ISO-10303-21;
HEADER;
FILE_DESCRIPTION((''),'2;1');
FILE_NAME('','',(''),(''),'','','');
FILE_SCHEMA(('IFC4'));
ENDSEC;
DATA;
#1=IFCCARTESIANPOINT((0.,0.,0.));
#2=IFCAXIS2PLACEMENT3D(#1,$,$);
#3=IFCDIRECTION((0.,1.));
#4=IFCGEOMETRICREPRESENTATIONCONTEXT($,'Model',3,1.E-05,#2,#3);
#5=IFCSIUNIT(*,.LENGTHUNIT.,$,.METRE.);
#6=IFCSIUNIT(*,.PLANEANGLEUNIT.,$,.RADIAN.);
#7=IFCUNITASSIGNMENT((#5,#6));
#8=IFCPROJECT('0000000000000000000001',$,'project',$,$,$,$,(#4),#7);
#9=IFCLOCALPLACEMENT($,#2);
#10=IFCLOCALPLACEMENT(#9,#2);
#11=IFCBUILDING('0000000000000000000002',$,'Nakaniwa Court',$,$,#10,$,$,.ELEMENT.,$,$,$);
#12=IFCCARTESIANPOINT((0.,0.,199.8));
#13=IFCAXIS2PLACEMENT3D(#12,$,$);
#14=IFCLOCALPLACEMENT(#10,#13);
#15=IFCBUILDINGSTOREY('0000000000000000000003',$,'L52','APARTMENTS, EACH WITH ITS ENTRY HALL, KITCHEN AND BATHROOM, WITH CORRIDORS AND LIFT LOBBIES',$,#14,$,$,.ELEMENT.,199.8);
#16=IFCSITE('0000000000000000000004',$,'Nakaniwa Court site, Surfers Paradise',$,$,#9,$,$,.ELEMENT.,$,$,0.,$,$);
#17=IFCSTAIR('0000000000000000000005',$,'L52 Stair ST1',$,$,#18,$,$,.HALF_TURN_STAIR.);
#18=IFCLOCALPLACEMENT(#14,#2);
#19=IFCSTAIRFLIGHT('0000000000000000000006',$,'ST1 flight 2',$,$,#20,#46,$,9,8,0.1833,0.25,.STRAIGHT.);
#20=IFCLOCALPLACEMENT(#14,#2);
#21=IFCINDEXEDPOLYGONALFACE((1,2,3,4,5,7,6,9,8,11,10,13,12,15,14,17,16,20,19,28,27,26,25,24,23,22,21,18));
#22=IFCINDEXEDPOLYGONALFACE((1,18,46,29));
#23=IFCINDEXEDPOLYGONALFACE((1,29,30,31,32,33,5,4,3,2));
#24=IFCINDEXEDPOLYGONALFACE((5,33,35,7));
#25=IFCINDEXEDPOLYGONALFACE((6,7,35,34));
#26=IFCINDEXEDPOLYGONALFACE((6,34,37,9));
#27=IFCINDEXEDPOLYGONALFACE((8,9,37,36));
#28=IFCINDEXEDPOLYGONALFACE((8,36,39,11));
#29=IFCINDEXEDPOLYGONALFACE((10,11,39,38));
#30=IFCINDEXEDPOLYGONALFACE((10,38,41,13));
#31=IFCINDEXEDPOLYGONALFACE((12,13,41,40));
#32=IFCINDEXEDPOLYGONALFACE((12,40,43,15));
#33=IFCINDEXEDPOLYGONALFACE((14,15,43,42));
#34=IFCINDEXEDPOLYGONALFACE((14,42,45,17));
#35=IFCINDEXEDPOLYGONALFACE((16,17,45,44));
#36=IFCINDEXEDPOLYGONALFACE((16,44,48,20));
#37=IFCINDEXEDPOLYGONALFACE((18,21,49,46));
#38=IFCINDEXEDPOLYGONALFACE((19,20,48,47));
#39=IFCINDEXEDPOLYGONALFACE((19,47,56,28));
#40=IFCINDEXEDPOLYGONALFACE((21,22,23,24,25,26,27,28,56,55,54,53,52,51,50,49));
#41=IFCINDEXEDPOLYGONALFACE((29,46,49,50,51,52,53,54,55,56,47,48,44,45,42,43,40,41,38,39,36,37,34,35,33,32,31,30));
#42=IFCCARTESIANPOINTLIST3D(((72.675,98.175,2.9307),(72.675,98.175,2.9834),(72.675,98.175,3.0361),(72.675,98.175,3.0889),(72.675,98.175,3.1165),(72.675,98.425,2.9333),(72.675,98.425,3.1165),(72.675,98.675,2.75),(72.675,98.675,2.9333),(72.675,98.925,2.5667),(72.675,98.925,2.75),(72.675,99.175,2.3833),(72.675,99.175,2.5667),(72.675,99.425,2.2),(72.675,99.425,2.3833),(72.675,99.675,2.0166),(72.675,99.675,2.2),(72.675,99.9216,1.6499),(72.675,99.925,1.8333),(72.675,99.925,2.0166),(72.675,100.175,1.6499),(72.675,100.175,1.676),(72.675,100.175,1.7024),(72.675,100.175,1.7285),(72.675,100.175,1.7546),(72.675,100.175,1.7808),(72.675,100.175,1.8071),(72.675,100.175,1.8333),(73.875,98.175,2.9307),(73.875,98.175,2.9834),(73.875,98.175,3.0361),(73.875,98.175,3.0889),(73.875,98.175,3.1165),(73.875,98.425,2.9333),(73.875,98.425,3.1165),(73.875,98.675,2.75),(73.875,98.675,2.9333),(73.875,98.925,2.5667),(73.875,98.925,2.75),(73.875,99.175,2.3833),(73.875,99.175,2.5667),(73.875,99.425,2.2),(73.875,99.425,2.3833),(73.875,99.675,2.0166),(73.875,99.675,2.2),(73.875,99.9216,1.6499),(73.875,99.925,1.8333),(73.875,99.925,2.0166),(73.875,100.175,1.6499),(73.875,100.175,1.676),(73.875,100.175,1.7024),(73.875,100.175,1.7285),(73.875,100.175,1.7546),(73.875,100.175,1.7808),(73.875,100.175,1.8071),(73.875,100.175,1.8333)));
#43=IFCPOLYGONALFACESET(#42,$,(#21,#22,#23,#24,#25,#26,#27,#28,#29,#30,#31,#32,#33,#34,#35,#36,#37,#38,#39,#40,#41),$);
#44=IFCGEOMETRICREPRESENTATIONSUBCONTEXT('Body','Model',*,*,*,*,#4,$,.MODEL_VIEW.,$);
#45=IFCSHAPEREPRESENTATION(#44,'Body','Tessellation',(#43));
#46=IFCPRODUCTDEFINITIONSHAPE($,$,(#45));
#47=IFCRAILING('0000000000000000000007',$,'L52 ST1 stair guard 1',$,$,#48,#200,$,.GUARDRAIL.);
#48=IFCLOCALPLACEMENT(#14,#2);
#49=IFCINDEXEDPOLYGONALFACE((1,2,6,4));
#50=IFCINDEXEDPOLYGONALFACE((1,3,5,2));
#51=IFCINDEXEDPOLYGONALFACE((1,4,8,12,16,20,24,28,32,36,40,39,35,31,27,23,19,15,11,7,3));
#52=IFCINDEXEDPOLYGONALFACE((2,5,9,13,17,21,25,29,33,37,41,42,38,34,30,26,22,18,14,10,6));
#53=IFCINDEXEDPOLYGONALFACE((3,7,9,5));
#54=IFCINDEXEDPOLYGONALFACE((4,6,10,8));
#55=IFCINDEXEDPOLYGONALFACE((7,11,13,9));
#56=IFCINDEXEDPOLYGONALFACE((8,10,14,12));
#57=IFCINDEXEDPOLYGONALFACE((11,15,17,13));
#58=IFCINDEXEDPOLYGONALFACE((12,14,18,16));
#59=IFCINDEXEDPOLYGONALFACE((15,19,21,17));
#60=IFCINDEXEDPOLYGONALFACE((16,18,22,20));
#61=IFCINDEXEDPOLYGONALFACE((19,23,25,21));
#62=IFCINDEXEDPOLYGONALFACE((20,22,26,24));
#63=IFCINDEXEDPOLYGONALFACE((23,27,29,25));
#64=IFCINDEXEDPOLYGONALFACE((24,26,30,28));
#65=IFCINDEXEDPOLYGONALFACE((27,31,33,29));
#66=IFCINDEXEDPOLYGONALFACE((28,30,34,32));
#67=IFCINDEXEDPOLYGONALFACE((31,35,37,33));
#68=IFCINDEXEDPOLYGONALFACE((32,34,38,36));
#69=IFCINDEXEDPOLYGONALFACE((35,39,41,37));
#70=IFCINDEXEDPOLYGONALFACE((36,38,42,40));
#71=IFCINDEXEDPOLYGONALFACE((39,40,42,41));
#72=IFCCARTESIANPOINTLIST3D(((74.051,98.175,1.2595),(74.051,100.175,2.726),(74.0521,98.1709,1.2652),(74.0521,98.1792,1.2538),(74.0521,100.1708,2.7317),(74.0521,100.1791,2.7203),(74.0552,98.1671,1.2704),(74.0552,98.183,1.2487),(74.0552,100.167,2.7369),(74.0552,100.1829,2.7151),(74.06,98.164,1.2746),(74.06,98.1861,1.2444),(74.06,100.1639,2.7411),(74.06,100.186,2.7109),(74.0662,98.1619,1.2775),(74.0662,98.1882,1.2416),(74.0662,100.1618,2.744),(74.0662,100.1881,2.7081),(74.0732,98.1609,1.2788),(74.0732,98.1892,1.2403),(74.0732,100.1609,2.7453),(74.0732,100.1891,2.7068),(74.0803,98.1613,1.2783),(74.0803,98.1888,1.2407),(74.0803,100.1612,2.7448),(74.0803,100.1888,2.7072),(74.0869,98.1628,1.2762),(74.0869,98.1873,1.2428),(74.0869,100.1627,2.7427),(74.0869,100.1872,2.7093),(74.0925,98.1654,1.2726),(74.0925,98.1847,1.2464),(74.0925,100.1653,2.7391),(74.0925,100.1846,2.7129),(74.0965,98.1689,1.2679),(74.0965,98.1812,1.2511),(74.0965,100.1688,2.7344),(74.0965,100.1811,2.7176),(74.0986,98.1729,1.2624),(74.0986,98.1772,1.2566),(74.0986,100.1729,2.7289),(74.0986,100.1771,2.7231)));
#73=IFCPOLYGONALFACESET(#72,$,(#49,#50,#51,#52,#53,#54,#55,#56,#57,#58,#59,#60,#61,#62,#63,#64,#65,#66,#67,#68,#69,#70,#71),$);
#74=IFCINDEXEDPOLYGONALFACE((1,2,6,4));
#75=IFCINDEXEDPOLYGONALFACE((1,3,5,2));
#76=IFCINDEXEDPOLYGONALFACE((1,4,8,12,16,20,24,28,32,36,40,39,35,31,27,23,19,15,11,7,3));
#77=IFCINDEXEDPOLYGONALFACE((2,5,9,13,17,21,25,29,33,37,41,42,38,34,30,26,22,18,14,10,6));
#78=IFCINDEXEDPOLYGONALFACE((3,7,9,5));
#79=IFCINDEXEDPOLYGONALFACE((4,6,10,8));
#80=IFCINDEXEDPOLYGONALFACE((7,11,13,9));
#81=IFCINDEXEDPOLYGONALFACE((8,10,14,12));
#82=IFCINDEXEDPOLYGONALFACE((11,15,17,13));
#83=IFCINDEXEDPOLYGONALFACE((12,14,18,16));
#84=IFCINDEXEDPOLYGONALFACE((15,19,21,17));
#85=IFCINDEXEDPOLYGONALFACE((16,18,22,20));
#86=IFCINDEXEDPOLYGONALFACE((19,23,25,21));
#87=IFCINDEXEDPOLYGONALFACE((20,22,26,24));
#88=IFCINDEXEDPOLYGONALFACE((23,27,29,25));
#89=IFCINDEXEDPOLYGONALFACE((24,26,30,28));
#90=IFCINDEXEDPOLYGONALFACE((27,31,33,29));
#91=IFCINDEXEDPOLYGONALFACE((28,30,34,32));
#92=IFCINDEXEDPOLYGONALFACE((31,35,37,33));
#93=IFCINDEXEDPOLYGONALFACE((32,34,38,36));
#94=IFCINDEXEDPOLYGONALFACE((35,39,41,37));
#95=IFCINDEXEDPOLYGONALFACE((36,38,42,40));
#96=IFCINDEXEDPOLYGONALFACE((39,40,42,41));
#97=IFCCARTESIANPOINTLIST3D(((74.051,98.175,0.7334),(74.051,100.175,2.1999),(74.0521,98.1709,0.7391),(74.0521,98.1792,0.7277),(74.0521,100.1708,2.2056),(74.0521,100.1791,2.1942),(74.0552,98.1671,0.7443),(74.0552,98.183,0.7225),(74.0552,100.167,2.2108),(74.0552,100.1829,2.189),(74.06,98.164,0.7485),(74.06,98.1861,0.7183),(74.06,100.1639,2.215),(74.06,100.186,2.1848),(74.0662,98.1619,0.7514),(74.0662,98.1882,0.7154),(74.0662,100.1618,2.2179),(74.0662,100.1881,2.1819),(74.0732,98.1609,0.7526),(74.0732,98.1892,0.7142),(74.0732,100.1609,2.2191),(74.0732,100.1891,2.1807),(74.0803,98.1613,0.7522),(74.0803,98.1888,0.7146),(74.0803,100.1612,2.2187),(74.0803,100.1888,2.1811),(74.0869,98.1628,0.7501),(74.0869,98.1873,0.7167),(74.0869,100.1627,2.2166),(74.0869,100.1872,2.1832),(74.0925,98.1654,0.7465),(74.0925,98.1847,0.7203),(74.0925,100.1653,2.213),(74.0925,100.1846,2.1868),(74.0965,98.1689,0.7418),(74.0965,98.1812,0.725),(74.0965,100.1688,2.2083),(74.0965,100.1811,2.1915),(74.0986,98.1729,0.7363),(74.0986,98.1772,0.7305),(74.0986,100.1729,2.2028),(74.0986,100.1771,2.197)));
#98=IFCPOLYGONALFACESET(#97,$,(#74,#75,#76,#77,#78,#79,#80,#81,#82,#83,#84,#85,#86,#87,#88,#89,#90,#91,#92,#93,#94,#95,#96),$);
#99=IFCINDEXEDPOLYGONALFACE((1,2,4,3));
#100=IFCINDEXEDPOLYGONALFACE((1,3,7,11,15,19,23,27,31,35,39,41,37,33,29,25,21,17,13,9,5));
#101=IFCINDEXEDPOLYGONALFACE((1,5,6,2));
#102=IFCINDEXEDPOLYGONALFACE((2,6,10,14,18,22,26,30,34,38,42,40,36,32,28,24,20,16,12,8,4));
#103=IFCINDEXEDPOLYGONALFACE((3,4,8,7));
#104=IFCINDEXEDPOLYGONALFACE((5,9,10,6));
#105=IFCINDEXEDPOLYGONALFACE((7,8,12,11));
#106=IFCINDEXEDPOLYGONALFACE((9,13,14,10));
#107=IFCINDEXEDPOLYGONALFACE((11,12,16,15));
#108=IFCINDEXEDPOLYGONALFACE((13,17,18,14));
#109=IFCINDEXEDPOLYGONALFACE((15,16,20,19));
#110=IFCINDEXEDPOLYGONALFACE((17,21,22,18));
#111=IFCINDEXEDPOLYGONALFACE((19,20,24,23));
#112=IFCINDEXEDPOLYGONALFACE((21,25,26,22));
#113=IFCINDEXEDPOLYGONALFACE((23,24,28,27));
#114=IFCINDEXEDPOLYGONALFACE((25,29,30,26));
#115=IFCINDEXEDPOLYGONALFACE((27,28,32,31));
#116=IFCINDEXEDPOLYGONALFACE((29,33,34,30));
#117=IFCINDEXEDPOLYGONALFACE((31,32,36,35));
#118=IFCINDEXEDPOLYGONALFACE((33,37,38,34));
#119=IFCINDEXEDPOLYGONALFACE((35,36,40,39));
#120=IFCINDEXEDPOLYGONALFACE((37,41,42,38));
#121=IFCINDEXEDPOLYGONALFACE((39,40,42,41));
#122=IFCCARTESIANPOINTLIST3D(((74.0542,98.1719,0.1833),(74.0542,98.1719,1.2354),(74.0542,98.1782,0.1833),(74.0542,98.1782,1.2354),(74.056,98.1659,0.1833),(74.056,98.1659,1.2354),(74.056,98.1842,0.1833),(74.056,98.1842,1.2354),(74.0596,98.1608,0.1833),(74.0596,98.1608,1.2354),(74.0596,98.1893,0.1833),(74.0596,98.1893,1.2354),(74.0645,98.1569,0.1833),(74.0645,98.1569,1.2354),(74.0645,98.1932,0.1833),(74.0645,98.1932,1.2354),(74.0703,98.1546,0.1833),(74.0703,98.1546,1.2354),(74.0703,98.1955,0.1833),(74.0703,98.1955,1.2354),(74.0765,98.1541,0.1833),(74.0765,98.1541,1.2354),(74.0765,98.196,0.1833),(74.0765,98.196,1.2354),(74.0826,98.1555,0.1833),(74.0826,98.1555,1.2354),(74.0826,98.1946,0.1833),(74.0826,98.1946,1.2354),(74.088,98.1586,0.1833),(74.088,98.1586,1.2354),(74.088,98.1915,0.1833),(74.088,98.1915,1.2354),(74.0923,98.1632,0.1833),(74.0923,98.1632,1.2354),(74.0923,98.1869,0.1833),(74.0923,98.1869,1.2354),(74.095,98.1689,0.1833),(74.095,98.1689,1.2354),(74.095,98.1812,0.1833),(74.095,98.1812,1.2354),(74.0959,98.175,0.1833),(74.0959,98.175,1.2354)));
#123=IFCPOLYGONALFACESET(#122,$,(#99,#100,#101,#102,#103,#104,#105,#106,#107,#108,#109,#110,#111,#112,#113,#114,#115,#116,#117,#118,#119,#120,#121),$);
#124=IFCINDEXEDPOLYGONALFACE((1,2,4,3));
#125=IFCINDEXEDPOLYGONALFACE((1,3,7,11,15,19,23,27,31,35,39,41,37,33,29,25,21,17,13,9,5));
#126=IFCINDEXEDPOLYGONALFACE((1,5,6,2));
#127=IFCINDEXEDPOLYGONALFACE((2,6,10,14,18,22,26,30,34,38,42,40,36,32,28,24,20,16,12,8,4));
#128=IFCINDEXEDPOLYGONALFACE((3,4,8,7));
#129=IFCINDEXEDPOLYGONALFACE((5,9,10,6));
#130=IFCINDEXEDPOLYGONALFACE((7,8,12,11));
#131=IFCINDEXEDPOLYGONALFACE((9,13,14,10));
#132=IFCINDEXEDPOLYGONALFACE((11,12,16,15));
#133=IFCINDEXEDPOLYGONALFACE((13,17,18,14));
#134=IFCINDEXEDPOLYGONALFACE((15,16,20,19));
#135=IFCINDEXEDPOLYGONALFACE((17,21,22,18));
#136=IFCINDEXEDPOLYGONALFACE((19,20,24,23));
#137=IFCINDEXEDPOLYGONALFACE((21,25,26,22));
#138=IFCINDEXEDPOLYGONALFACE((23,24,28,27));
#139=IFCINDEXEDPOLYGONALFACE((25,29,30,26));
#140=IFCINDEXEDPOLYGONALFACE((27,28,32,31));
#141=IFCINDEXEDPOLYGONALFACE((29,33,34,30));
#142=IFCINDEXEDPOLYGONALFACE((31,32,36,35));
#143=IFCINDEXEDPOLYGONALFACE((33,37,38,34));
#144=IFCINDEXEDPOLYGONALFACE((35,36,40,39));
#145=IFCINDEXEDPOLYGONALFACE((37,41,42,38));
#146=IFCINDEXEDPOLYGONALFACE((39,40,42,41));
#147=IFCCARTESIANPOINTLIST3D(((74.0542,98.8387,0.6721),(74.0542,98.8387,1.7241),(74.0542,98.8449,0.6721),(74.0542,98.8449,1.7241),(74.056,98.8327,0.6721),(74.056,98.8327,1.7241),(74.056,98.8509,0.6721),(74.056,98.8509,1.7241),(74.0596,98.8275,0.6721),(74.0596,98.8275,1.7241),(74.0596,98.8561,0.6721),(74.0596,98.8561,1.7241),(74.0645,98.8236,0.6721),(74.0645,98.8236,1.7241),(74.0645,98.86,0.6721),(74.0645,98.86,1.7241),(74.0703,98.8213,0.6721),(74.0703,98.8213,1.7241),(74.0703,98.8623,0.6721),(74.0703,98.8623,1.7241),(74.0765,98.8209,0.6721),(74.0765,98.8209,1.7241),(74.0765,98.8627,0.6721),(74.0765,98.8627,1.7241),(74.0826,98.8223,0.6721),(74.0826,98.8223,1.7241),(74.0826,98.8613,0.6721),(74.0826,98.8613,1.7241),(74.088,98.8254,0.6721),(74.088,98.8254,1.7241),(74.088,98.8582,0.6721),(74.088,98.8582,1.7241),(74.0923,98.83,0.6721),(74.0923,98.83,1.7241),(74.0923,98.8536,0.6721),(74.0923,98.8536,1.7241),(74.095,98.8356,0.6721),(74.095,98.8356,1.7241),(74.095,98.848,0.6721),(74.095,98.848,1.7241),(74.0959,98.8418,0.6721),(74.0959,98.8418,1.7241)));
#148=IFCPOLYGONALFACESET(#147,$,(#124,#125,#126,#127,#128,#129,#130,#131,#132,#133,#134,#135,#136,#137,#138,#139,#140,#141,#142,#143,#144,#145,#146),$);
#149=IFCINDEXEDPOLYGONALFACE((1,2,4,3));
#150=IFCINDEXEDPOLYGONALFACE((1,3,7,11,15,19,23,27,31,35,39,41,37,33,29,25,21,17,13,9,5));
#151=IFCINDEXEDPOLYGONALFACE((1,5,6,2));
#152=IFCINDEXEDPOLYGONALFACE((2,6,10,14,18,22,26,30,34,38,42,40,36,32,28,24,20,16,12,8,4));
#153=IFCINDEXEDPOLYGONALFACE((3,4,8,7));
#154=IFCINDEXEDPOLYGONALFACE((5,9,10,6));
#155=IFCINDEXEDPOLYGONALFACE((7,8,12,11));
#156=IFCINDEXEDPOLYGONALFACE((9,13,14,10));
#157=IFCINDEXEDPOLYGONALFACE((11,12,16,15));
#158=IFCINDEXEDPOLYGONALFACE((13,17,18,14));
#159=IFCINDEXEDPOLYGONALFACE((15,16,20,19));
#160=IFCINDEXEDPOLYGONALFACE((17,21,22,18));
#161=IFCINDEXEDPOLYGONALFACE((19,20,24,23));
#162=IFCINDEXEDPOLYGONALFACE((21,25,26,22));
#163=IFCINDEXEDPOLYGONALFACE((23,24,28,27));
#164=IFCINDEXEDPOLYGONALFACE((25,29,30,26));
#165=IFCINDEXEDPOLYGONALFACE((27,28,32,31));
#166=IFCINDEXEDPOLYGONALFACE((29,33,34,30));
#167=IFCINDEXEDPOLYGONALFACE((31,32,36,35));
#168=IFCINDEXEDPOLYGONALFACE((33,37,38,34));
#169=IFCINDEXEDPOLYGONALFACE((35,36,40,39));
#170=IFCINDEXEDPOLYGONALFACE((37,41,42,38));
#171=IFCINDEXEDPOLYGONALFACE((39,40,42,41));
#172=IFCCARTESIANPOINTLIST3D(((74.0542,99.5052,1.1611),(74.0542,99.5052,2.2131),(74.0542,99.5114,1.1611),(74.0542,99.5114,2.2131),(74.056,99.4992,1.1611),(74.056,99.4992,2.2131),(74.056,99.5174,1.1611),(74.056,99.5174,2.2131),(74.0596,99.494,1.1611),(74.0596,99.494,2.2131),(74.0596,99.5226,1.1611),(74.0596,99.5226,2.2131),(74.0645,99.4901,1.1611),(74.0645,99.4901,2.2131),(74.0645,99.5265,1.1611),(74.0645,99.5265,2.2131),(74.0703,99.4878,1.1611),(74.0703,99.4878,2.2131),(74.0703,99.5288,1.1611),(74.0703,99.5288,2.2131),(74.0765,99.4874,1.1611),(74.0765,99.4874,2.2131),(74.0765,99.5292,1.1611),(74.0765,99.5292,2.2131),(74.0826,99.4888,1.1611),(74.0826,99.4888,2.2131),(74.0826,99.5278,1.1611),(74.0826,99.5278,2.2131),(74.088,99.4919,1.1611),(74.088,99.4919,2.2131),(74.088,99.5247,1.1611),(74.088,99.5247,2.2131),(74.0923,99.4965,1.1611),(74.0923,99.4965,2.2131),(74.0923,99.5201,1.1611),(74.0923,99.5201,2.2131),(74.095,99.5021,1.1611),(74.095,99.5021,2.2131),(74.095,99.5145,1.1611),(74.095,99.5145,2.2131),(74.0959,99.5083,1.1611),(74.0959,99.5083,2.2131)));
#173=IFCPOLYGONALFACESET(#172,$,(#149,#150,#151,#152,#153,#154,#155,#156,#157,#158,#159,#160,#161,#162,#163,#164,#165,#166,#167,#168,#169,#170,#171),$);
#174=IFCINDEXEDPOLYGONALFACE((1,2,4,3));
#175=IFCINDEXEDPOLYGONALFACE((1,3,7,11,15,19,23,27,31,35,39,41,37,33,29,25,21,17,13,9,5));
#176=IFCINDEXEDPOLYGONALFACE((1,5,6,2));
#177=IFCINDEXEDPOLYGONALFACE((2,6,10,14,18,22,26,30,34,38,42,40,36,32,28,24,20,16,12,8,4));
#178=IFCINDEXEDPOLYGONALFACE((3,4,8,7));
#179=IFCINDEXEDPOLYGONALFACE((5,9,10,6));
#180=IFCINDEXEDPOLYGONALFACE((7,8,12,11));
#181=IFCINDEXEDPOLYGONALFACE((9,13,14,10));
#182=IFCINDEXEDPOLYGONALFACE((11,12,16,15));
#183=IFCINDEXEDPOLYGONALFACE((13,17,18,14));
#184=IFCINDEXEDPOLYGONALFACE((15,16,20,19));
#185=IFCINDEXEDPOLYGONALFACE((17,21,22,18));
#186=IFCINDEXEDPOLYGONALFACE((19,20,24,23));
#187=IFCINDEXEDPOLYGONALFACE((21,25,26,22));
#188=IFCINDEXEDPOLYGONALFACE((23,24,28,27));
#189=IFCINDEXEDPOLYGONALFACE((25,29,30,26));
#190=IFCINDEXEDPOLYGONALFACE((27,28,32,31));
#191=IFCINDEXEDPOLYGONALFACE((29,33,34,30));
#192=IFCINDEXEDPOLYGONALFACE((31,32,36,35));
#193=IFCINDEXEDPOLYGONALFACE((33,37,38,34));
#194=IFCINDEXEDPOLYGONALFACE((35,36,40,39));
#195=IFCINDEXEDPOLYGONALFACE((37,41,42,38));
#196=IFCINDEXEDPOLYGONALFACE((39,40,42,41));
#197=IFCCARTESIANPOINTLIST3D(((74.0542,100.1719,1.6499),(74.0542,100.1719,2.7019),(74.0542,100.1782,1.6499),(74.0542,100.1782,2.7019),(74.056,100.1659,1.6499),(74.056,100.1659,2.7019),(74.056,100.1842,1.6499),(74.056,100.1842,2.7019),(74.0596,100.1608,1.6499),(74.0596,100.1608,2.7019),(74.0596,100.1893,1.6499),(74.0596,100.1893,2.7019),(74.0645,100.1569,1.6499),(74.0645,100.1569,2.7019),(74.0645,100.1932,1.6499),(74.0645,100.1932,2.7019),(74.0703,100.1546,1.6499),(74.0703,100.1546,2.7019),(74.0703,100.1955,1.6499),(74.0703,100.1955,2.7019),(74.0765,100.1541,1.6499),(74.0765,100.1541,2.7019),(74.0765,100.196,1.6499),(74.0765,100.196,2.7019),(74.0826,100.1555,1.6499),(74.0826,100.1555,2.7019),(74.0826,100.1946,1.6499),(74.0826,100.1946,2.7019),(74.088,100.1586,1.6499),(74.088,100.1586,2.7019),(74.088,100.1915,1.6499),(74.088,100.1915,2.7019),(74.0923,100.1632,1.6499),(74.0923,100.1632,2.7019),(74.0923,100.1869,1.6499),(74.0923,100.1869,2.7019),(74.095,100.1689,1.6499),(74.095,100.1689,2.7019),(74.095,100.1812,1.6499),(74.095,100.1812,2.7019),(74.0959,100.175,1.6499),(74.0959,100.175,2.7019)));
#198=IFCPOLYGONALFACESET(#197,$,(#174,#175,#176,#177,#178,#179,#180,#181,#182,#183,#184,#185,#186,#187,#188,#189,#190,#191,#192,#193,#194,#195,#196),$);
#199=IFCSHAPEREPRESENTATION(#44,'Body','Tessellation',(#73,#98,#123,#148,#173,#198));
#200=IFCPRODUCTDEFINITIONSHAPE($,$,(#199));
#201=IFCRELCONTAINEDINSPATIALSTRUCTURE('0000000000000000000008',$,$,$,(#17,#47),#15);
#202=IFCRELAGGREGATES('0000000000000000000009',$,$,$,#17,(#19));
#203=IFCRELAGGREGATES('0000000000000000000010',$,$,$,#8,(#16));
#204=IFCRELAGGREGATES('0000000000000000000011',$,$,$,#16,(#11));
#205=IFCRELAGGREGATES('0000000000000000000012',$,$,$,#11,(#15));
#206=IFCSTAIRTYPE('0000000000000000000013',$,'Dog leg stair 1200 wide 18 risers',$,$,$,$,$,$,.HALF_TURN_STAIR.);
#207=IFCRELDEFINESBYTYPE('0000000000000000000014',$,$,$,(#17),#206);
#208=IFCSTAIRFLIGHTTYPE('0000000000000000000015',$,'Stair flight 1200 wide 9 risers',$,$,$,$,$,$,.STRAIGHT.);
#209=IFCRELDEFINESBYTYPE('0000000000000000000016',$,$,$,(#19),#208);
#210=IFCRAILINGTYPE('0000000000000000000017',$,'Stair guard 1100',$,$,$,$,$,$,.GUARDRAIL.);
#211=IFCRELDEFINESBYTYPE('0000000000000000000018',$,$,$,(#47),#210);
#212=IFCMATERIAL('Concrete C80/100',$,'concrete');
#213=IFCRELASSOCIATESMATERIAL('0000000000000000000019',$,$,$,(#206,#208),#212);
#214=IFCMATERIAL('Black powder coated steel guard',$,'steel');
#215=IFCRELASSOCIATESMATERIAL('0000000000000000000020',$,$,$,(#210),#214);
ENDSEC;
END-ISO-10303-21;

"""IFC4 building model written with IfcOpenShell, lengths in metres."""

from ifc_helpers import new_model, si_unit, direction, frame, origin, origin_2d, place, context, subcontext, project, spatial, polyline, circle, outline, extrude, material, type_object, element, aggregate, save


model = new_model("IFC4")

# Units and contexts
model_context = context("Model", 3, precision=1e-05, world=origin(), true_north=direction((0.0, 1.0)))
body_context = subcontext(model_context, "Body", "Model", "MODEL_VIEW")
ifc_project = project(units=[si_unit("LENGTHUNIT", "METRE"), si_unit("PLANEANGLEUNIT", "RADIAN")], contexts=[model_context])

# Site, building, storey
site_placement = place(None, origin())
site = spatial("IfcSite", under=ifc_project, at=site_placement, Name="Nakaniwa Court site, Surfers Paradise", CompositionType="ELEMENT", RefElevation=0.0)
building_placement = place(site_placement, origin())
building = spatial("IfcBuilding", under=site, at=building_placement, Name="Nakaniwa Court", CompositionType="ELEMENT")
storey_placement = place(building_placement, frame((0.0, 0.0, 199.8)))
storey = spatial("IfcBuildingStorey", under=building, at=storey_placement, Name="L52", Description="APARTMENTS, EACH WITH ITS ENTRY HALL, KITCHEN AND BATHROOM, WITH CORRIDORS AND LIFT LOBBIES", CompositionType="ELEMENT", Elevation=199.8)

# Shared definitions
ifc_material_1 = material(Name="Concrete C80/100", Category="concrete")

# Stair, stair flight
stair_type = type_object("IfcStairType", Name="Dog leg stair 1200 wide 18 risers", PredefinedType="HALF_TURN_STAIR", material=ifc_material_1)
stair_placement = place(storey_placement, origin())
stair = element("IfcStair", 1, at=stair_placement, inside=storey, type_object=stair_type, Name="L52 Stair ST1", PredefinedType="HALF_TURN_STAIR")
stair_flight_type = type_object("IfcStairFlightType", Name="Stair flight 1200 wide 9 risers", PredefinedType="STRAIGHT", material=ifc_material_1)
stair_flight_1_placement = place(storey_placement, frame((73.2749, 100.175, 1.6499), z_axis=(0.0, 0.0, 1.0), x_axis=(0.0, -1.0, 0.0)))
stair_flight_1 = element("IfcStairFlight", 2, at=stair_flight_1_placement, type_object=stair_flight_type, Name="ST1 flight 2", NumberOfRisers=9, NumberOfTreads=8, PredefinedType="STRAIGHT", RiserHeight=0.1833, TreadLength=0.25, context=body_context, shape_type="SweptSolid", body=[
    extrude(outline(polyline([(0.0, 0.0), (0.0, 0.0261), (0.0, 0.0525), (0.0, 0.0786), (0.0, 0.1047), (0.0, 0.1309), (0.0, 0.1572), (0.0, 0.1833), (0.25, 0.1833), (0.25, 0.3667), (0.5, 0.3667), (0.5, 0.55), (0.75, 0.55), (0.75, 0.7334), (1.0, 0.7334), (1.0, 0.9167), (1.25, 0.9167), (1.25, 1.1001), (1.5, 1.1001), (1.5, 1.2834), (1.75, 1.2834), (1.75, 1.4666), (2.0, 1.4666), (2.0, 1.6499), (2.0, 1.5972), (2.0, 1.5444), (2.0, 1.4917), (2.0, 1.439), (2.0, 1.3862), (2.0, 1.3335), (2.0, 1.2808), (0.2534, 0.0), (0.0, 0.0)])), frame((0.0, 0.6001, 0.0), z_axis=(0.0, -1.0, 0.0), x_axis=(1.0, 0.0, 0.0)), (0.0, 0.0, 1.0), 1.2),
])
aggregate(stair, [stair_flight_1])

# Railing
ifc_material_2 = material(Name="Black powder coated steel guard", Category="steel")
railing_type_1 = type_object("IfcRailingType", Name="Stair guard 1100", PredefinedType="GUARDRAIL", material=ifc_material_2)
railing_1_placement = place(storey_placement, frame((74.075, 98.175, 0.1833)))
element("IfcRailing", 3, at=railing_1_placement, inside=storey, type_object=railing_type_1, Name="L52 ST1 stair guard 1", PredefinedType="GUARDRAIL", context=body_context, shape_type="SweptSolid", body=[
    extrude(circle(Radius=0.0239, at=origin_2d()), frame((0.0, 0.0, 1.0762), z_axis=(0.0, 0.806427, 0.591334), x_axis=(-1.0, 0.0, 0.0)), (0.0, 0.0, 1.0), 2.48),
    extrude(circle(Radius=0.0239, at=origin_2d()), frame((0.0, 0.0, 0.55), z_axis=(0.0, 0.806427, 0.591334), x_axis=(-1.0, 0.0, 0.0)), (0.0, 0.0, 1.0), 2.48),
    extrude(circle(Radius=0.021, at=origin_2d()), origin(), (0.0, 0.0, 1.0), 1.052),
    extrude(circle(Radius=0.021, at=origin_2d()), frame((0.0, 0.6667, 0.4888)), (0.0, 0.0, 1.0), 1.052),
    extrude(circle(Radius=0.021, at=origin_2d()), frame((0.0, 1.3333, 0.9778)), (0.0, 0.0, 1.0), 1.052),
    extrude(circle(Radius=0.021, at=origin_2d()), frame((0.0, 2.0, 1.4666)), (0.0, 0.0, 1.0), 1.052),
])

save(model, "model.ifc")
